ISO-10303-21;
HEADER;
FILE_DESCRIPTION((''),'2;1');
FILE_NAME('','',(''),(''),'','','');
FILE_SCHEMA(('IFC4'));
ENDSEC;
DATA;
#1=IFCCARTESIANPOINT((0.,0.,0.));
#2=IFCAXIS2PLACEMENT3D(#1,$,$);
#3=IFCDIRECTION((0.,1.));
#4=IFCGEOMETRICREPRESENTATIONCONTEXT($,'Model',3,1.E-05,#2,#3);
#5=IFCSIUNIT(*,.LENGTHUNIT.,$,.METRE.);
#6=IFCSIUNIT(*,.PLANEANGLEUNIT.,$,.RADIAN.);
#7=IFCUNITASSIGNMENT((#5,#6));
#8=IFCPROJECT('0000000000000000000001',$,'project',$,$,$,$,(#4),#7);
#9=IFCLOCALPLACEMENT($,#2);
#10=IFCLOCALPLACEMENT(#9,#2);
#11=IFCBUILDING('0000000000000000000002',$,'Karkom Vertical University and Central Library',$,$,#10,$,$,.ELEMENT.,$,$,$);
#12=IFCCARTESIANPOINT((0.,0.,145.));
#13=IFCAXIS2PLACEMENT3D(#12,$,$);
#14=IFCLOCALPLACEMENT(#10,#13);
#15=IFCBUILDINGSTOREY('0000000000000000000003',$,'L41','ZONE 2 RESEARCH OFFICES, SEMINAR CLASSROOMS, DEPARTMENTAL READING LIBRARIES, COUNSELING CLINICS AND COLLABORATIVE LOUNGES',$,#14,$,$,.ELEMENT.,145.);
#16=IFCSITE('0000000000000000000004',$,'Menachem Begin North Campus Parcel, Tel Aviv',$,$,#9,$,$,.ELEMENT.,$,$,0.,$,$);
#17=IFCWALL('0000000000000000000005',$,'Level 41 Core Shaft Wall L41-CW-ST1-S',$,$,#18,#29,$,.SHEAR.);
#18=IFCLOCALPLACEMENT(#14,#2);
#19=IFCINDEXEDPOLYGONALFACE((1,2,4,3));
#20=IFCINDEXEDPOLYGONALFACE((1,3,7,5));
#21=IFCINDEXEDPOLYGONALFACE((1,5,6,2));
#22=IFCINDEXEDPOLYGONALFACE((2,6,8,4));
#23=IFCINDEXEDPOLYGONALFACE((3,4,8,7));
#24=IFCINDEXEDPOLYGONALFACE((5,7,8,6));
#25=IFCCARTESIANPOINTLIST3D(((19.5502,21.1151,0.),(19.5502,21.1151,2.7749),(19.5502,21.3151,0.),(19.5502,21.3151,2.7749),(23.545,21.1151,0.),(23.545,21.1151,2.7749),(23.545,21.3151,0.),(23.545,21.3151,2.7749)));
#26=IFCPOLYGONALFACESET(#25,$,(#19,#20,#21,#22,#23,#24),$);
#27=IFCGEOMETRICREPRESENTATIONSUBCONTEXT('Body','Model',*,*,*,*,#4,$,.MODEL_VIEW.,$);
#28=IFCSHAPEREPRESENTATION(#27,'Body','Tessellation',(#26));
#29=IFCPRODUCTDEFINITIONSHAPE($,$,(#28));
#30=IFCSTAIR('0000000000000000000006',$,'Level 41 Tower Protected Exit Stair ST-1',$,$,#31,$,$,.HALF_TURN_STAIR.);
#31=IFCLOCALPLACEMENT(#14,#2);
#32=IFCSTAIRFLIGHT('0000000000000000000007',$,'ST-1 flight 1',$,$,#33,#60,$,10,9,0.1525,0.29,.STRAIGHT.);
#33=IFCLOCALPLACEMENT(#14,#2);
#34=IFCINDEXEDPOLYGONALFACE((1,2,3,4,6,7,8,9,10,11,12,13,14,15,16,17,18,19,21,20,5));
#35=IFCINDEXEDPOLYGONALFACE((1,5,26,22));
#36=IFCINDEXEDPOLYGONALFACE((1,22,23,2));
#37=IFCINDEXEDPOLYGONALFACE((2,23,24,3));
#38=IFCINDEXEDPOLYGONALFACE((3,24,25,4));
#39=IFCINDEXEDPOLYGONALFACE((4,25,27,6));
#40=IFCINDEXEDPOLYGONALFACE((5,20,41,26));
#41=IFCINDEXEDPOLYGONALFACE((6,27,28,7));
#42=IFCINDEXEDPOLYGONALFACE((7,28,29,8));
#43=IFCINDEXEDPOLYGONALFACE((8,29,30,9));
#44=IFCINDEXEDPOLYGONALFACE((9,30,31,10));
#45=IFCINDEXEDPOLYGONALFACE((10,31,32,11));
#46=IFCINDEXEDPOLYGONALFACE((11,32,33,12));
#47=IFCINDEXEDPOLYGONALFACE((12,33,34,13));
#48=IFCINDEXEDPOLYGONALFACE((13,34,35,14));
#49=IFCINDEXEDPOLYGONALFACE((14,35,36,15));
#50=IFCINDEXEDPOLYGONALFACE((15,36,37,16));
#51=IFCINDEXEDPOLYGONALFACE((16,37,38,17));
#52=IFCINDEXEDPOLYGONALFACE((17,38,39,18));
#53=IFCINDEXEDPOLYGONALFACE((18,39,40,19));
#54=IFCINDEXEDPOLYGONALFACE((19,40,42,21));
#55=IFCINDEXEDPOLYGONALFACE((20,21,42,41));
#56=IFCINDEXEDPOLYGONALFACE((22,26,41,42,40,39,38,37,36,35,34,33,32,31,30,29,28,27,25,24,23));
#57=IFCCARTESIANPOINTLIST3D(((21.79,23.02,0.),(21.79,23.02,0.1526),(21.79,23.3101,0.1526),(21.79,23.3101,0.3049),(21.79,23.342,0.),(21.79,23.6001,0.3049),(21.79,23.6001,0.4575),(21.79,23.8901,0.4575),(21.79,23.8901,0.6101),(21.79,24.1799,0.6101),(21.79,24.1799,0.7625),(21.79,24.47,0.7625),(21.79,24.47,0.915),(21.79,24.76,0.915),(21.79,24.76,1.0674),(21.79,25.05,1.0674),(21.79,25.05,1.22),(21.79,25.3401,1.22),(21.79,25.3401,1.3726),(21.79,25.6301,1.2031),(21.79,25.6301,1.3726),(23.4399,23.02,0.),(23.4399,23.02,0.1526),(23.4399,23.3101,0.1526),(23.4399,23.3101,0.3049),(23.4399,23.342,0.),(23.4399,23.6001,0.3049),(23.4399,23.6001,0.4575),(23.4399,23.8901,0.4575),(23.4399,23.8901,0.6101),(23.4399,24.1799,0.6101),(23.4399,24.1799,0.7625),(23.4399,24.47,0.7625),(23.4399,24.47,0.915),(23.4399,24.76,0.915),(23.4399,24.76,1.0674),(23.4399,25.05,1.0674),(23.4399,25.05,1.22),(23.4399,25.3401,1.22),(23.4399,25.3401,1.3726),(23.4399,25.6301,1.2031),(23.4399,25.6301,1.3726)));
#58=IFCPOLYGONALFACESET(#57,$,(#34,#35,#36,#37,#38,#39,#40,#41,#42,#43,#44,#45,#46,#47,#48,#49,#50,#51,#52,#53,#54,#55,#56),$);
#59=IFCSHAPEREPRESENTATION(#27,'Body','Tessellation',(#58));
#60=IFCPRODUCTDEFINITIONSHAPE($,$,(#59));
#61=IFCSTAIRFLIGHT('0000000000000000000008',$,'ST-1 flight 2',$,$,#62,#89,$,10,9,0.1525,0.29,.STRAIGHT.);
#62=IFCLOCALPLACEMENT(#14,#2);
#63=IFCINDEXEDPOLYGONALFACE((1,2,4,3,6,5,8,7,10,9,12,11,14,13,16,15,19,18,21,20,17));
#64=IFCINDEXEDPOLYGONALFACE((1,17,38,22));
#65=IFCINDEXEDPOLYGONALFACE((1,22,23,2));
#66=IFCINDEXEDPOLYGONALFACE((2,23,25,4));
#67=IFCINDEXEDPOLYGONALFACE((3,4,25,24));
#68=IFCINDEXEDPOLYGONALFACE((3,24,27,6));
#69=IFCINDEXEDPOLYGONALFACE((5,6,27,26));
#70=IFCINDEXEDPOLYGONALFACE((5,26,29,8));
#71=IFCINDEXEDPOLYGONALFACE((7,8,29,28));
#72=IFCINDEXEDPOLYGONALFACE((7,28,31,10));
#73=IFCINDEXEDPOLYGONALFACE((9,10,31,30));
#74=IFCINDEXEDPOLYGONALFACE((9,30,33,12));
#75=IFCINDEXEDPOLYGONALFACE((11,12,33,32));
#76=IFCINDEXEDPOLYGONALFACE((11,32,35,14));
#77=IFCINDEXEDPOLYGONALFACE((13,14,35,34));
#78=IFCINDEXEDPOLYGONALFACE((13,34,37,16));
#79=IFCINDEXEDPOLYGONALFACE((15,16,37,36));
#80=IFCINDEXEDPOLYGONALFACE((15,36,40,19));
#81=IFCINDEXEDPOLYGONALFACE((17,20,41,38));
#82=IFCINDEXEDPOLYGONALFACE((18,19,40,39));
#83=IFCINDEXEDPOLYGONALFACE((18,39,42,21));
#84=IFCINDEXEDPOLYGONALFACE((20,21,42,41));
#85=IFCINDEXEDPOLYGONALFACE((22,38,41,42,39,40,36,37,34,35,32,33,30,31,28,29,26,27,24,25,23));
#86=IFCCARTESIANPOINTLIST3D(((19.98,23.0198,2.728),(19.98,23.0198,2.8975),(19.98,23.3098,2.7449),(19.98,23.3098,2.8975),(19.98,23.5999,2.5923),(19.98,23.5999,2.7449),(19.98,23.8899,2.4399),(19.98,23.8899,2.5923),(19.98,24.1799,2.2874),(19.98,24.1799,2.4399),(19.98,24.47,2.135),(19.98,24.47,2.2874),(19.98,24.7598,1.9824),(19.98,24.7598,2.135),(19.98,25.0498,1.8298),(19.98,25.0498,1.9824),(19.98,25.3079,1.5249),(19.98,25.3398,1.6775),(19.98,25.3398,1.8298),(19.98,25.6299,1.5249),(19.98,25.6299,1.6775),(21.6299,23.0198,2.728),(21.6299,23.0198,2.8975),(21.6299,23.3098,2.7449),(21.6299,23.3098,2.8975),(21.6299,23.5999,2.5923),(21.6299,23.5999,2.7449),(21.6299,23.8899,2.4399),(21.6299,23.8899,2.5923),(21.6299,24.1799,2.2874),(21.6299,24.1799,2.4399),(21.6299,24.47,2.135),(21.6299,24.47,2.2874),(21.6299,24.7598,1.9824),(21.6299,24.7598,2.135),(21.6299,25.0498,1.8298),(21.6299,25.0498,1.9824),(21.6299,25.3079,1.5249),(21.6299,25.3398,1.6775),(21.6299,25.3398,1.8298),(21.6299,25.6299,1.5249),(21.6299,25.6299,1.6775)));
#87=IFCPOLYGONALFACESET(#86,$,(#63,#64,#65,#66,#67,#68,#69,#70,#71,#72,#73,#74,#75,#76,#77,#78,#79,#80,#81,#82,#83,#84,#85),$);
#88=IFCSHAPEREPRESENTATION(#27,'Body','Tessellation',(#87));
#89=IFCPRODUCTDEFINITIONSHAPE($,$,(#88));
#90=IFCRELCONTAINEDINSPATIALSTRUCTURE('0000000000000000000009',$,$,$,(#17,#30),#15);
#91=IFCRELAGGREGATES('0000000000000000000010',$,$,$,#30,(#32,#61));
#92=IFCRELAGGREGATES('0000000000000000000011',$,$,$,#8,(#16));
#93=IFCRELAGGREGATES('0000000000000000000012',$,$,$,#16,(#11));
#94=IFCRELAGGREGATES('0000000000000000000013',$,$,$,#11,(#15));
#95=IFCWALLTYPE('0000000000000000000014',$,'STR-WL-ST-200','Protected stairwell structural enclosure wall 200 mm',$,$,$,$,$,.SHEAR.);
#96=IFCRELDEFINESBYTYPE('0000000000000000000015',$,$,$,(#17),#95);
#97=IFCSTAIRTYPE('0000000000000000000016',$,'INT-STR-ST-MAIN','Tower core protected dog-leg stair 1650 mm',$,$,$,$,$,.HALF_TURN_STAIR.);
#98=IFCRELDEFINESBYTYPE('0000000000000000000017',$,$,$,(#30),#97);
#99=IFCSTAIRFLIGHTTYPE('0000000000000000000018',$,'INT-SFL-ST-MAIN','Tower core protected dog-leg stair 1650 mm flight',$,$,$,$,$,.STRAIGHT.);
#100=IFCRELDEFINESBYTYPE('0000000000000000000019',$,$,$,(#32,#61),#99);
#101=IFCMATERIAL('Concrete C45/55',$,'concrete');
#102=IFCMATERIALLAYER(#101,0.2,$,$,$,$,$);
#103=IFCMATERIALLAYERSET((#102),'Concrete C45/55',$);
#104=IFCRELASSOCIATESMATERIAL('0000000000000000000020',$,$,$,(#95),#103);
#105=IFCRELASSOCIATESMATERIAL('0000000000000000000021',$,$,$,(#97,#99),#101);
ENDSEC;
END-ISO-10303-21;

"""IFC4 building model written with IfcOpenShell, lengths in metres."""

from ifc_helpers import new_model, si_unit, direction, frame, frame_2d, origin, place, context, subcontext, project, spatial, polyline, rectangle, outline, extrude, material, layer, layer_set, type_object, element, aggregate, save


model = new_model("IFC4")

# Units and contexts
model_context = context("Model", 3, precision=1e-05, world=origin(), true_north=direction((0.0, 1.0)))
body_context = subcontext(model_context, "Body", "Model", "MODEL_VIEW")
ifc_project = project(units=[si_unit("LENGTHUNIT", "METRE"), si_unit("PLANEANGLEUNIT", "RADIAN")], contexts=[model_context])

# Site, building, storey
site_placement = place(None, origin())
site = spatial("IfcSite", under=ifc_project, at=site_placement, Name="Menachem Begin North Campus Parcel, Tel Aviv", CompositionType="ELEMENT", RefElevation=0.0)
building_placement = place(site_placement, origin())
building = spatial("IfcBuilding", under=site, at=building_placement, Name="Karkom Vertical University and Central Library", CompositionType="ELEMENT")
storey_placement = place(building_placement, frame((0.0, 0.0, 145.0)))
storey = spatial("IfcBuildingStorey", under=building, at=storey_placement, Name="L41", Description="ZONE 2 RESEARCH OFFICES, SEMINAR CLASSROOMS, DEPARTMENTAL READING LIBRARIES, COUNSELING CLINICS AND COLLABORATIVE LOUNGES", CompositionType="ELEMENT", Elevation=145.0)

# Shared definitions
ifc_material_1 = material(Name="Concrete C45/55", Category="concrete")
ifc_layer_1 = layer(ifc_material_1, 0.2)
ifc_layer_set_1 = layer_set([ifc_layer_1], Name="Concrete C45/55")
wall_type_1 = type_object("IfcWallType", Name="STR-WL-ST-200", Description="Protected stairwell structural enclosure wall 200 mm", PredefinedType="SHEAR", material=ifc_layer_set_1)

# Wall
wall_1_placement = place(storey_placement, frame((19.55, 21.2151, 0.0), z_axis=(0.0, 0.0, 1.0), x_axis=(1.0, 0.0, 0.0)))
element("IfcWall", 1, at=wall_1_placement, inside=storey, type_object=wall_type_1, Name="Level 41 Core Shaft Wall L41-CW-ST1-S", PredefinedType="SHEAR", context=body_context, shape_type="SweptSolid", body=[
    extrude(rectangle(XDim=3.9949, YDim=0.2, at=frame_2d((1.9976, 0.0))), origin(), (0.0, 0.0, 1.0), 2.7749),
])

# Stair, stair flights
stair_type = type_object("IfcStairType", Name="INT-STR-ST-MAIN", Description="Tower core protected dog-leg stair 1650 mm", PredefinedType="HALF_TURN_STAIR", material=ifc_material_1)
stair_placement = place(storey_placement, origin())
stair = element("IfcStair", 2, at=stair_placement, inside=storey, type_object=stair_type, Name="Level 41 Tower Protected Exit Stair ST-1", PredefinedType="HALF_TURN_STAIR")
stair_flight_type = type_object("IfcStairFlightType", Name="INT-SFL-ST-MAIN", Description="Tower core protected dog-leg stair 1650 mm flight", PredefinedType="STRAIGHT", material=ifc_material_1)
stair_flight_1_placement = place(storey_placement, frame((22.615, 23.02, 0.0), z_axis=(0.0, 0.0, 1.0), x_axis=(0.0, 1.0, 0.0)))
stair_flight_1 = element("IfcStairFlight", 3, at=stair_flight_1_placement, type_object=stair_flight_type, Name="ST-1 flight 1", NumberOfRisers=10, NumberOfTreads=9, PredefinedType="STRAIGHT", RiserHeight=0.1525, TreadLength=0.29, context=body_context, shape_type="SweptSolid", body=[
    extrude(outline(polyline([(0.0, 0.0), (0.0, 0.1526), (0.29, 0.1526), (0.29, 0.3049), (0.5801, 0.3049), (0.5801, 0.4575), (0.8701, 0.4575), (0.8701, 0.6101), (1.1599, 0.6101), (1.1599, 0.7625), (1.45, 0.7625), (1.45, 0.915), (1.74, 0.915), (1.74, 1.0674), (2.03, 1.0674), (2.03, 1.22), (2.3201, 1.22), (2.3201, 1.3726), (2.6101, 1.3726), (2.6101, 1.5249), (2.6101, 1.2031), (0.322, 0.0), (0.0, 0.0)])), frame((0.0, 0.825, 0.0), z_axis=(0.0, -1.0, 0.0), x_axis=(1.0, 0.0, 0.0)), (0.0, 0.0, 1.0), 1.6499),
])
stair_flight_2_placement = place(storey_placement, frame((20.8049, 25.6299, 1.5249), z_axis=(0.0, 0.0, 1.0), x_axis=(0.0, -1.0, 0.0)))
stair_flight_2 = element("IfcStairFlight", 4, at=stair_flight_2_placement, type_object=stair_flight_type, Name="ST-1 flight 2", NumberOfRisers=10, NumberOfTreads=9, PredefinedType="STRAIGHT", RiserHeight=0.1525, TreadLength=0.29, context=body_context, shape_type="SweptSolid", body=[
    extrude(outline(polyline([(0.0, 0.0), (0.0, 0.1526), (0.29, 0.1526), (0.29, 0.3049), (0.5801, 0.3049), (0.5801, 0.4575), (0.8701, 0.4575), (0.8701, 0.6101), (1.1599, 0.6101), (1.1599, 0.7625), (1.45, 0.7625), (1.45, 0.915), (1.74, 0.915), (1.74, 1.0674), (2.03, 1.0674), (2.03, 1.22), (2.3201, 1.22), (2.3201, 1.3726), (2.6101, 1.3726), (2.6101, 1.5249), (2.6101, 1.2031), (0.322, 0.0), (0.0, 0.0)])), frame((0.0, 0.825, 0.0), z_axis=(0.0, -1.0, 0.0), x_axis=(1.0, 0.0, 0.0)), (0.0, 0.0, 1.0), 1.6499),
])
aggregate(stair, [stair_flight_1, stair_flight_2])

save(model, "model.ifc")
